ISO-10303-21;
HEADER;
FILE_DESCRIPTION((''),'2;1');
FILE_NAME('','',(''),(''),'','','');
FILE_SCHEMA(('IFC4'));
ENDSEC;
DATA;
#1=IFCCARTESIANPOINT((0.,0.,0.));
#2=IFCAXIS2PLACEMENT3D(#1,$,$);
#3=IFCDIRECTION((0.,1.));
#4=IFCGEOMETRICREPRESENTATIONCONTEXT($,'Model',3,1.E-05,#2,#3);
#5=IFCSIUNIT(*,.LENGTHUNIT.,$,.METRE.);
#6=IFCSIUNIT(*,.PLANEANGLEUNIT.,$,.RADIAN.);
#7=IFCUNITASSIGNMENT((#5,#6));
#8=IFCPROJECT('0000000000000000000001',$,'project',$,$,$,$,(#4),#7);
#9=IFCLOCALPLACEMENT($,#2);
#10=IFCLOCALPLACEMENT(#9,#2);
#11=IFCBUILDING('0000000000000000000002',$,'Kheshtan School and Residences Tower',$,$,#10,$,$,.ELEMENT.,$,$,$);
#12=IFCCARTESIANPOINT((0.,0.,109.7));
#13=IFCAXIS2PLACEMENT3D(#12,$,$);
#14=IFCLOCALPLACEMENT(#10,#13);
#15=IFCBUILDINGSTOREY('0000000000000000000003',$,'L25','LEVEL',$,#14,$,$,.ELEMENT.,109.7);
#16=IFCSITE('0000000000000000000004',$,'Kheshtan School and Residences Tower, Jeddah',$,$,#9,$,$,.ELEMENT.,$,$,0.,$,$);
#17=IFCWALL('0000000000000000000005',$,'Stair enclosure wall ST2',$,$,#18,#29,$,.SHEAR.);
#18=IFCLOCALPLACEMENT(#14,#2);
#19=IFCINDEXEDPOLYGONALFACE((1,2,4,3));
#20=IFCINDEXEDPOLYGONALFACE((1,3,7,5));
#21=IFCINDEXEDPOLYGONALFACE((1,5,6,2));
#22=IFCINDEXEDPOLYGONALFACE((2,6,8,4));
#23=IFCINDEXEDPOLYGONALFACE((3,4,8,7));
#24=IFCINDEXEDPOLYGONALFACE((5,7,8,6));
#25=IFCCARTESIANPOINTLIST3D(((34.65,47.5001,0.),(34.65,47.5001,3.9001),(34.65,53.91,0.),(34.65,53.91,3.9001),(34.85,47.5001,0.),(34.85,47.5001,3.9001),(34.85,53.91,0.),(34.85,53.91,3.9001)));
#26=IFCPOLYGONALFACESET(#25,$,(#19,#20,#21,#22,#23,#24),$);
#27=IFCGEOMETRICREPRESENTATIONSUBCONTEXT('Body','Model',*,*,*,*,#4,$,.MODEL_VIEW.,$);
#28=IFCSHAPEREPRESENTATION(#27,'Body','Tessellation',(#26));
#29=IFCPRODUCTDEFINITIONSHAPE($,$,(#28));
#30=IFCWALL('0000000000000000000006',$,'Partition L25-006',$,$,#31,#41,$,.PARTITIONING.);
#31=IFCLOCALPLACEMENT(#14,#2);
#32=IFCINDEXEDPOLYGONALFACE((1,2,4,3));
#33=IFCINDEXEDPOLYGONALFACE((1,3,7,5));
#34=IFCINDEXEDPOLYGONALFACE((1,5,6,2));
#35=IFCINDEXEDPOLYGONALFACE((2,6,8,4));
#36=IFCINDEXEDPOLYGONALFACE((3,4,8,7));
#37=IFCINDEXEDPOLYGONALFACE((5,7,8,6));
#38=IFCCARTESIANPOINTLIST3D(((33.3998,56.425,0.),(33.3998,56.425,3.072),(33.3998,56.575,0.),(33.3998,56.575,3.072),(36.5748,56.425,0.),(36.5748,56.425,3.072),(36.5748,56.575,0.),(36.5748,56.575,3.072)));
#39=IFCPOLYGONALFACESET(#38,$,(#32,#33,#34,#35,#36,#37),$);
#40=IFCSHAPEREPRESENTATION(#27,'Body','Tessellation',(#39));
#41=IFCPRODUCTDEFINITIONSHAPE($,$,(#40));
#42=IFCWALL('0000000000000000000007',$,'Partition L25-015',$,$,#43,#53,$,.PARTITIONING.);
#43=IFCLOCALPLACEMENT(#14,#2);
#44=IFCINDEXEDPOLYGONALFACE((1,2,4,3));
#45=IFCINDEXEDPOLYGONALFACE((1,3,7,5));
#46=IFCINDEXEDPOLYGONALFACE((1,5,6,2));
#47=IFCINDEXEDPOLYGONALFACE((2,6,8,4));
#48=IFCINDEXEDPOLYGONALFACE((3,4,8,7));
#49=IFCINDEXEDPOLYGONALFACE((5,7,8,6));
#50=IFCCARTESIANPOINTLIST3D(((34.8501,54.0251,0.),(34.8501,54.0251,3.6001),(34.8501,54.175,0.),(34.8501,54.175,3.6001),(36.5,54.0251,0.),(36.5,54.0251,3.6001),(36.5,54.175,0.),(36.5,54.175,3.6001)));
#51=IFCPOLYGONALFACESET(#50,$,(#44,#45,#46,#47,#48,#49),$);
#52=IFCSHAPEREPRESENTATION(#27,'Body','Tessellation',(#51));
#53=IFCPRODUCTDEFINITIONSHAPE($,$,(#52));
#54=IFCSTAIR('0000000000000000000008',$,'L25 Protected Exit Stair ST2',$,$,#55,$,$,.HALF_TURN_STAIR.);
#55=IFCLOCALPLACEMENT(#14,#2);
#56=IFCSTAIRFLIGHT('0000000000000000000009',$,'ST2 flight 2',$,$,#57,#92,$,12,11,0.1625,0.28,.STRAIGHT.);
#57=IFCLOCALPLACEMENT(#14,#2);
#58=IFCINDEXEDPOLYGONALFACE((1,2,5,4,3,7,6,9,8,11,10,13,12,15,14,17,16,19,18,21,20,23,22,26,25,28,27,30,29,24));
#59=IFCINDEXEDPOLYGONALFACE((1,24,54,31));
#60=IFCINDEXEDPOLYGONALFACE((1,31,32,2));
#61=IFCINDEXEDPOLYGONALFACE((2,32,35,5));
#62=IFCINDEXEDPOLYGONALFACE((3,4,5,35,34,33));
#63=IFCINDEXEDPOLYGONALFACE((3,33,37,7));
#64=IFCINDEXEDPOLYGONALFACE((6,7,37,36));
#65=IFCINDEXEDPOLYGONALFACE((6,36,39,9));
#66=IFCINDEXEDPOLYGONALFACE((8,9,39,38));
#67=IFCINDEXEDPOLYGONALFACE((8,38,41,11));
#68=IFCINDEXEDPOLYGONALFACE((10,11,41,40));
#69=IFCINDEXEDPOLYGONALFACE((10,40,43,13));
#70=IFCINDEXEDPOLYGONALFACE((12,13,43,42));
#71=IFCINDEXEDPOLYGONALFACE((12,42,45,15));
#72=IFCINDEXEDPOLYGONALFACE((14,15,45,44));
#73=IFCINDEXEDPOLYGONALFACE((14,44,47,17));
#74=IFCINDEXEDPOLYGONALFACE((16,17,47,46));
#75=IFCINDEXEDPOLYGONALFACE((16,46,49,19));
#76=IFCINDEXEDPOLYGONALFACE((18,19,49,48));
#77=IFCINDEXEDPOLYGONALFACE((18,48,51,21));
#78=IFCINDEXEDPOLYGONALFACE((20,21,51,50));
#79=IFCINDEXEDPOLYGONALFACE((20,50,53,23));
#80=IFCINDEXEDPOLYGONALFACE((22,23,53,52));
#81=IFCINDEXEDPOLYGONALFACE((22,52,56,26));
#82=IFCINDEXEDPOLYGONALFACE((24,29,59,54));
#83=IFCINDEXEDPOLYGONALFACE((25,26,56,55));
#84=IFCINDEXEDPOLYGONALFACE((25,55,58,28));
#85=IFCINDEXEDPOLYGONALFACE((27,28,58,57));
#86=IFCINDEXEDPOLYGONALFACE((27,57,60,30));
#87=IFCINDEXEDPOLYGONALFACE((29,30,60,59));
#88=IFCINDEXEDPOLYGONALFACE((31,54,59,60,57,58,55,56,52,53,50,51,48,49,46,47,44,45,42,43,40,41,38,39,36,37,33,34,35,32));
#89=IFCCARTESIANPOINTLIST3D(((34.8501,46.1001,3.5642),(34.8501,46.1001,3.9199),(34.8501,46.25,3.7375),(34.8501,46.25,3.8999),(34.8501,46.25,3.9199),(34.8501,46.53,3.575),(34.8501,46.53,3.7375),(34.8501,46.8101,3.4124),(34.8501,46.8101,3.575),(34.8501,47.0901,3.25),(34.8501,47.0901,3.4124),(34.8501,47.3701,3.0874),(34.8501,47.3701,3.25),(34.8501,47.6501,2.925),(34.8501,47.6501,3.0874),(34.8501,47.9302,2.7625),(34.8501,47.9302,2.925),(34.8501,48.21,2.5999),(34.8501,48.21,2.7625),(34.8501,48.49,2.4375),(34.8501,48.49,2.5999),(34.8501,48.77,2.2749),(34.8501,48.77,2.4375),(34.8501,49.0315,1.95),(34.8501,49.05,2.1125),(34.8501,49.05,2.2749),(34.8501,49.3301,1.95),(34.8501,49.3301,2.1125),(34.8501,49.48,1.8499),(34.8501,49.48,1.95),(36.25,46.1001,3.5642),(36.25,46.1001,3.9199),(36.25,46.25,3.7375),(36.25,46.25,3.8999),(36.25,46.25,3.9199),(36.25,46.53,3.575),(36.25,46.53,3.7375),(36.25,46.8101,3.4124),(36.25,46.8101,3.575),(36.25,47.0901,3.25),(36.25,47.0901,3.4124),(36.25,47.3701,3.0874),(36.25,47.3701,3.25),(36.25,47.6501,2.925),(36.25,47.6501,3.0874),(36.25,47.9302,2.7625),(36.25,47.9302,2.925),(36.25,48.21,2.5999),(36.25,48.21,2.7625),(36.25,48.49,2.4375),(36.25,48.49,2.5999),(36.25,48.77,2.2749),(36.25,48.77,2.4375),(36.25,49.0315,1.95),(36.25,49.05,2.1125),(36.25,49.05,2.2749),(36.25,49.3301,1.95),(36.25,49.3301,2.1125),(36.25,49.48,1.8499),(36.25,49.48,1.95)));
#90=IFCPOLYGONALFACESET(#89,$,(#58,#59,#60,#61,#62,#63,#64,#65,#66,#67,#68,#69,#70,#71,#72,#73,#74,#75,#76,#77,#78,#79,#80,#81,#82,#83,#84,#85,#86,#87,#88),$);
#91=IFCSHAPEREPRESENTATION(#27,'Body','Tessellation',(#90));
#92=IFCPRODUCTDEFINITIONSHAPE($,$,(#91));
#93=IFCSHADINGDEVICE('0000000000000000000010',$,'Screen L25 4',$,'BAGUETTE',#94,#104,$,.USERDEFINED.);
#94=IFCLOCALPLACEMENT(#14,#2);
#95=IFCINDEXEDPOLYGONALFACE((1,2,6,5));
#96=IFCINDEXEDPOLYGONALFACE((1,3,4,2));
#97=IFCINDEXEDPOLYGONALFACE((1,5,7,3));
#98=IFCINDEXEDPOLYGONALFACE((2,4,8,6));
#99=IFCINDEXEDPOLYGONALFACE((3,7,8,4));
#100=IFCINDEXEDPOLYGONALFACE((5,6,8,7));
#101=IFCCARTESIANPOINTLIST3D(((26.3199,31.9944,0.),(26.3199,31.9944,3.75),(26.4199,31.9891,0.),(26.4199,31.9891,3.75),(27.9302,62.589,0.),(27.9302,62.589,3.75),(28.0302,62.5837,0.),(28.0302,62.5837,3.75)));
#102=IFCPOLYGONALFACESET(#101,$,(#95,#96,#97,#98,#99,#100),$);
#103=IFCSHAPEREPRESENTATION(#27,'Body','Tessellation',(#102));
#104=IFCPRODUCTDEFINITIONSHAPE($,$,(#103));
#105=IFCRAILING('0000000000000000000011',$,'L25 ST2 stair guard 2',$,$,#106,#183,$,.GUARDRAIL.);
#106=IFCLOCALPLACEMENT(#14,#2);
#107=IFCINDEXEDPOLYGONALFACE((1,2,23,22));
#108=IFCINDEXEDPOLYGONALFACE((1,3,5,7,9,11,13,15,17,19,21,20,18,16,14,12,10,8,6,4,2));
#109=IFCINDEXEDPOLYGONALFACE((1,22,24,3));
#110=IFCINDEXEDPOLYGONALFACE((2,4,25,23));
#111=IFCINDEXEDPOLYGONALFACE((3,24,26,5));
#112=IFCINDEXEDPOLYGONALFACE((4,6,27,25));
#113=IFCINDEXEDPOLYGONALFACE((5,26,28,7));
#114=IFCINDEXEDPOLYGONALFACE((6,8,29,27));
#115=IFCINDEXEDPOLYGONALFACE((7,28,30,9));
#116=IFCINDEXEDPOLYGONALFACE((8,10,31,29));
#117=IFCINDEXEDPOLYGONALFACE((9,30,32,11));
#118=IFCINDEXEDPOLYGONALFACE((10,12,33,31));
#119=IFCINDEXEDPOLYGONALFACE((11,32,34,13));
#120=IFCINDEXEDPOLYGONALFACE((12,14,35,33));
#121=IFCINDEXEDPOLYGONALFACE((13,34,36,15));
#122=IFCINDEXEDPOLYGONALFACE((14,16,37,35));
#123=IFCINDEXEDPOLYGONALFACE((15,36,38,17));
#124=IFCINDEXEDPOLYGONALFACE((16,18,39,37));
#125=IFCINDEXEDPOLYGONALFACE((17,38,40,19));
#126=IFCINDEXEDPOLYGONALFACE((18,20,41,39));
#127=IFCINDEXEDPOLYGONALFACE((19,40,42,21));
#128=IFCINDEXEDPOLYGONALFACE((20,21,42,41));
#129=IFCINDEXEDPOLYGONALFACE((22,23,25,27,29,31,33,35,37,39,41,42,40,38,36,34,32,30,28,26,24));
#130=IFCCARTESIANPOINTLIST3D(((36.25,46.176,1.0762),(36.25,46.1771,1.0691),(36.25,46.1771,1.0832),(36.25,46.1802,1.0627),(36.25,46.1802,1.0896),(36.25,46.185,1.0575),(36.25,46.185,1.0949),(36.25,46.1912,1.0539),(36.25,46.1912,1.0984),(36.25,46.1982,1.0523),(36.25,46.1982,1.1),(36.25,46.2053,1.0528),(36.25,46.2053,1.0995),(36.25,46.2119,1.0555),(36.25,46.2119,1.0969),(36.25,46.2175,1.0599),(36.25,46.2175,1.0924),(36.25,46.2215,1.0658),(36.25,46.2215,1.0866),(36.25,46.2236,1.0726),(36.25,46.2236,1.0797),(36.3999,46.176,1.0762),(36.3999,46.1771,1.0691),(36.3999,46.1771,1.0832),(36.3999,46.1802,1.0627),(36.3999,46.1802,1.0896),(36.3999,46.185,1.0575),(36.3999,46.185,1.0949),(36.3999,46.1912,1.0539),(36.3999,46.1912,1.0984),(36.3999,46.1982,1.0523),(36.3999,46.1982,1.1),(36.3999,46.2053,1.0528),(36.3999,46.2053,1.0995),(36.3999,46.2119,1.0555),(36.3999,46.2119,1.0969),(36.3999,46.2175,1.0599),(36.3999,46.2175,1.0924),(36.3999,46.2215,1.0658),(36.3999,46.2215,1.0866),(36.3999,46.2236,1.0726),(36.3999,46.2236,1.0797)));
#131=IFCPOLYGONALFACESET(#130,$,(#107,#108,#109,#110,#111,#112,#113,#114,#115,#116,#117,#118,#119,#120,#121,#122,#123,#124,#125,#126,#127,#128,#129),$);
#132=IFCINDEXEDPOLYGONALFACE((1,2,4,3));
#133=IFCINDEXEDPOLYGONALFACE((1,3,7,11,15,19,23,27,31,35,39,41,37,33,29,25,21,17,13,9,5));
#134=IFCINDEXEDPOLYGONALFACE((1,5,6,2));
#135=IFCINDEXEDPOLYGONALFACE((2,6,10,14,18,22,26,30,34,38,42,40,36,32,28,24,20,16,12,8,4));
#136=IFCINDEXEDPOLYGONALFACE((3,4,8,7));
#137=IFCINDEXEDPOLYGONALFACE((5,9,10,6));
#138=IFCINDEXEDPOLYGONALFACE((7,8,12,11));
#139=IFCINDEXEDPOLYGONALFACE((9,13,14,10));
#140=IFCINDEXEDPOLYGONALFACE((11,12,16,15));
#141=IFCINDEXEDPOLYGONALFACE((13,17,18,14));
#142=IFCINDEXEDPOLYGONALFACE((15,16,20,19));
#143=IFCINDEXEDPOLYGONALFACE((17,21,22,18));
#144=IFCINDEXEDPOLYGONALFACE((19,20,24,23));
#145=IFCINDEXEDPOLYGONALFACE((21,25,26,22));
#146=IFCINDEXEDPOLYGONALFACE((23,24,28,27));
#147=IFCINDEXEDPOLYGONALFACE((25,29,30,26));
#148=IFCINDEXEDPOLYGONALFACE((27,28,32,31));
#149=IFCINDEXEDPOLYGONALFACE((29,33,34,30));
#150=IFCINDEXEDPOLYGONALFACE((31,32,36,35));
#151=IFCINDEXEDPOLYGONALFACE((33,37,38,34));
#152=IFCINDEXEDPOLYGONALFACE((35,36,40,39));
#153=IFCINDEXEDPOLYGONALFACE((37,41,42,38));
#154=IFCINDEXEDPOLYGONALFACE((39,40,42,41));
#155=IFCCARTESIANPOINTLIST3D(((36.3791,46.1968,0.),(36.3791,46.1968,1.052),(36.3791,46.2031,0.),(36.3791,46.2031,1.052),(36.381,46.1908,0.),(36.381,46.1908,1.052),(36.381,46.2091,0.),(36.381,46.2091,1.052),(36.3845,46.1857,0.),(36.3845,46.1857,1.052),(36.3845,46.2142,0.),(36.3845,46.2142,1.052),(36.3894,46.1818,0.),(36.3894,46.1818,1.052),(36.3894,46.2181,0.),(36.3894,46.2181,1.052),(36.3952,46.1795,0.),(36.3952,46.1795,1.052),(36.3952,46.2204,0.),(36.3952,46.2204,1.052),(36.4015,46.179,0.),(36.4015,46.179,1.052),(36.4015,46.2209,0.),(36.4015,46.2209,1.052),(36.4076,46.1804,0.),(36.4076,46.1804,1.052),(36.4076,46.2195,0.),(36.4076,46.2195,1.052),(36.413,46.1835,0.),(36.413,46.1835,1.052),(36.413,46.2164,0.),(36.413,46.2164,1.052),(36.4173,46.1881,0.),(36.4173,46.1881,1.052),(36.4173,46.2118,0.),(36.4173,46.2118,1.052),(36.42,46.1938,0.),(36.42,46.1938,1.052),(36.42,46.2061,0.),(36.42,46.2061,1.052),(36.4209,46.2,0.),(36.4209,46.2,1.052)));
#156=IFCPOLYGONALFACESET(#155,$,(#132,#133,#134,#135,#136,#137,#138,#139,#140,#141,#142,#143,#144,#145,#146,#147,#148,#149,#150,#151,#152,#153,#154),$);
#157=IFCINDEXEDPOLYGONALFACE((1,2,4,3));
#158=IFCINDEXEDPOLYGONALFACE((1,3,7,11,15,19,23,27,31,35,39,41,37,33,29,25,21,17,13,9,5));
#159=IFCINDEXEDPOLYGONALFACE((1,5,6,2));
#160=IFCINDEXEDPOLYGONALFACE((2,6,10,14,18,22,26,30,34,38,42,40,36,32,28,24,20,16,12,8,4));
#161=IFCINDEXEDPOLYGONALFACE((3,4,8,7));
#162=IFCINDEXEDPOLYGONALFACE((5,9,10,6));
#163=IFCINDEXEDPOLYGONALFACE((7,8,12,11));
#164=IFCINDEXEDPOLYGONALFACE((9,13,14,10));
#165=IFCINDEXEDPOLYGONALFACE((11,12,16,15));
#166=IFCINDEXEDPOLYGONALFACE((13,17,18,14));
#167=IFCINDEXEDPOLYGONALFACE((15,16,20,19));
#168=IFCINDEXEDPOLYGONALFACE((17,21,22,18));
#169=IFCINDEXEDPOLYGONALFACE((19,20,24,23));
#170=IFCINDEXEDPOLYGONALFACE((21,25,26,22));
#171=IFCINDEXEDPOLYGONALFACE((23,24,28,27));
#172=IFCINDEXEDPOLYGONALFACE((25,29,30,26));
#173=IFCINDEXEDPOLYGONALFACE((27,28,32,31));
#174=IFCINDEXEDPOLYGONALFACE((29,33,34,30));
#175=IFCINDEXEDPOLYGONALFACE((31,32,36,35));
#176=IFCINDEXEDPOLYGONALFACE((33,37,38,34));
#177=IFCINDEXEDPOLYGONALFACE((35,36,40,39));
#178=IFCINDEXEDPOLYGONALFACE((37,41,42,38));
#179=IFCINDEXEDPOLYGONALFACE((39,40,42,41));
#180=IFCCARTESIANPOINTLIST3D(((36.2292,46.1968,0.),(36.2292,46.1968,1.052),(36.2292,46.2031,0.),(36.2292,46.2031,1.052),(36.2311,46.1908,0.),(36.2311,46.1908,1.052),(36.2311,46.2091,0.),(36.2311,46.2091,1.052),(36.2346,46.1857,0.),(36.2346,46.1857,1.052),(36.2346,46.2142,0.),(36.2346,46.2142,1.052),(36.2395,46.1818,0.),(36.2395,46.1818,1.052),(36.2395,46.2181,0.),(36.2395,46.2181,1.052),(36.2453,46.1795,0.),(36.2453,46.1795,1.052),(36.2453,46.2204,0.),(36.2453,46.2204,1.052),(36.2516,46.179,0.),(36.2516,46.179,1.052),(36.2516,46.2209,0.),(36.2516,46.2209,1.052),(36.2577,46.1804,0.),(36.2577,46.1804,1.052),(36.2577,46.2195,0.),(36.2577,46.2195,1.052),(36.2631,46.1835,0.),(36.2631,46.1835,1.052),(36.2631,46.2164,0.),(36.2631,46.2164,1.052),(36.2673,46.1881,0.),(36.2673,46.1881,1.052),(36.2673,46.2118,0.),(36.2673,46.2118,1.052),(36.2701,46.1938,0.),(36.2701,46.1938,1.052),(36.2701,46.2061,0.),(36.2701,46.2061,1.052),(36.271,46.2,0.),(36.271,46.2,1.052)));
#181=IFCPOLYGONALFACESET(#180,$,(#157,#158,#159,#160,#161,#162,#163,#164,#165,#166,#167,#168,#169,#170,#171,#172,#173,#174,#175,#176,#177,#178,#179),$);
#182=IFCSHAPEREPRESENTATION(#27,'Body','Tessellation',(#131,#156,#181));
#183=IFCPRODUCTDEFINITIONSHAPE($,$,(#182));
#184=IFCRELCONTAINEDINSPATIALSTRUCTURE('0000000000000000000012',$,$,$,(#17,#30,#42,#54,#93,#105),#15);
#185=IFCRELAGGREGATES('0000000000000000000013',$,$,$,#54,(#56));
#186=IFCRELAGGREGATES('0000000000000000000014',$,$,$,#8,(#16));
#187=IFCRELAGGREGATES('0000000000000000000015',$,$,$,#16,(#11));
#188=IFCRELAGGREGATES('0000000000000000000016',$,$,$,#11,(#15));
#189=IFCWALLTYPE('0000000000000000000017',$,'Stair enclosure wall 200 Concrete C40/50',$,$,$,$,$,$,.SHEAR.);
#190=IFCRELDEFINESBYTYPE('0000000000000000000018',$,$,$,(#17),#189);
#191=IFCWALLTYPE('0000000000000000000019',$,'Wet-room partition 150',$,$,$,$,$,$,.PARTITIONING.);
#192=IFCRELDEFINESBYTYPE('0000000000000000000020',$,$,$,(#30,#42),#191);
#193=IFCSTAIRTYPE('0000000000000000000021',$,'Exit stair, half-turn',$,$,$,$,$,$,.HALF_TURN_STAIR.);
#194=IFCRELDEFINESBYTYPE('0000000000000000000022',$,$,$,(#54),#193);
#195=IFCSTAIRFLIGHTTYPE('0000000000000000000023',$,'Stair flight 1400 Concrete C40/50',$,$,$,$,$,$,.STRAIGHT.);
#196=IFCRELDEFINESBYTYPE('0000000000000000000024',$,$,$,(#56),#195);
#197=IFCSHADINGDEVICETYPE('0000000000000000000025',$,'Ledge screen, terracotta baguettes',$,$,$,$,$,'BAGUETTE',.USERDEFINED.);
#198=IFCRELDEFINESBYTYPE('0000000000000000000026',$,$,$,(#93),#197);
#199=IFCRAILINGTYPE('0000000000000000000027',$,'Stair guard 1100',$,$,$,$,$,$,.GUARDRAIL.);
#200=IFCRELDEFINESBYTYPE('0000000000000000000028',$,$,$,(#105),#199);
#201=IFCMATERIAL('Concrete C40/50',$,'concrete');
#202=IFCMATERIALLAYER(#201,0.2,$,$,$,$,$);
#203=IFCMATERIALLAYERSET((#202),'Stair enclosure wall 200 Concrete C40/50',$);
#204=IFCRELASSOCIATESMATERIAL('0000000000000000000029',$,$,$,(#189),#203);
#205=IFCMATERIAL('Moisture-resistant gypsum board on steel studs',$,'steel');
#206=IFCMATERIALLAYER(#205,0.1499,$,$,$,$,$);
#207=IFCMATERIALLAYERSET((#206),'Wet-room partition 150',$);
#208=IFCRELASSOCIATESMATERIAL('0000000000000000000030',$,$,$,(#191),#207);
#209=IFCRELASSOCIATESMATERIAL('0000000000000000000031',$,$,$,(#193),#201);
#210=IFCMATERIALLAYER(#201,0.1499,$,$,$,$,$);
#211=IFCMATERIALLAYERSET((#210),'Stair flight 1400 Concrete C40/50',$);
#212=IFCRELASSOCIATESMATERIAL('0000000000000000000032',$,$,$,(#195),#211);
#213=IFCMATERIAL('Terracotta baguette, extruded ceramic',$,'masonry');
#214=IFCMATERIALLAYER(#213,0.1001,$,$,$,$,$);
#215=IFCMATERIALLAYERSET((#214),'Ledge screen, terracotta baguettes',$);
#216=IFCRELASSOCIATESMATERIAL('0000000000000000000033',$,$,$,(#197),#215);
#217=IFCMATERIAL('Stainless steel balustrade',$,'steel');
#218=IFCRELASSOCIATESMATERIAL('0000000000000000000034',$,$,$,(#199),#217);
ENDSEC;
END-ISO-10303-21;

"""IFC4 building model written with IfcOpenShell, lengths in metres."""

from ifc_helpers import new_model, si_unit, direction, frame, frame_2d, origin, origin_2d, place, context, subcontext, project, spatial, polyline, rectangle, circle, outline, extrude, material, layer, layer_set, type_object, element, aggregate, save


model = new_model("IFC4")

# Units and contexts
model_context = context("Model", 3, precision=1e-05, world=origin(), true_north=direction((0.0, 1.0)))
body_context = subcontext(model_context, "Body", "Model", "MODEL_VIEW")
ifc_project = project(units=[si_unit("LENGTHUNIT", "METRE"), si_unit("PLANEANGLEUNIT", "RADIAN")], contexts=[model_context])

# Site, building, storey
site_placement = place(None, origin())
site = spatial("IfcSite", under=ifc_project, at=site_placement, Name="Kheshtan School and Residences Tower, Jeddah", CompositionType="ELEMENT", RefElevation=0.0)
building_placement = place(site_placement, origin())
building = spatial("IfcBuilding", under=site, at=building_placement, Name="Kheshtan School and Residences Tower", CompositionType="ELEMENT")
storey_placement = place(building_placement, frame((0.0, 0.0, 109.7)))
storey = spatial("IfcBuildingStorey", under=building, at=storey_placement, Name="L25", Description="LEVEL", CompositionType="ELEMENT", Elevation=109.7)

# Walls
ifc_material_1 = material(Name="Concrete C40/50", Category="concrete")
ifc_layer_1 = layer(ifc_material_1, 0.2)
ifc_layer_set_1 = layer_set([ifc_layer_1], Name="Stair enclosure wall 200 Concrete C40/50")
wall_type_1 = type_object("IfcWallType", Name="Stair enclosure wall 200 Concrete C40/50", PredefinedType="SHEAR", material=ifc_layer_set_1)
wall_1_placement = place(storey_placement, frame((34.75, 47.5, 0.0), z_axis=(0.0, 0.0, 1.0), x_axis=(0.0, 1.0, 0.0)))
element("IfcWall", 1, at=wall_1_placement, inside=storey, type_object=wall_type_1, Name="Stair enclosure wall ST2", PredefinedType="SHEAR", context=body_context, shape_type="SweptSolid", body=[
    extrude(rectangle(XDim=6.4099, YDim=0.2, at=frame_2d((3.2051, 0.0))), origin(), (0.0, 0.0, 1.0), 3.9001),
])
ifc_material_2 = material(Name="Moisture-resistant gypsum board on steel studs", Category="steel")
ifc_layer_2 = layer(ifc_material_2, 0.1499)
ifc_layer_set_2 = layer_set([ifc_layer_2], Name="Wet-room partition 150")
wall_type_2 = type_object("IfcWallType", Name="Wet-room partition 150", PredefinedType="PARTITIONING", material=ifc_layer_set_2)
wall_2_placement = place(storey_placement, frame((33.3999, 56.5, 0.0), z_axis=(0.0, 0.0, 1.0), x_axis=(1.0, 0.0, 0.0)))
element("IfcWall", 2, at=wall_2_placement, inside=storey, type_object=wall_type_2, Name="Partition L25-006", PredefinedType="PARTITIONING", context=body_context, shape_type="SweptSolid", body=[
    extrude(rectangle(XDim=3.175, YDim=0.1499, at=frame_2d((1.5874, 0.0))), origin(), (0.0, 0.0, 1.0), 3.072),
])
wall_3_placement = place(storey_placement, frame((34.8501, 54.1001, 0.0), z_axis=(0.0, 0.0, 1.0), x_axis=(1.0, 0.0, 0.0)))
element("IfcWall", 3, at=wall_3_placement, inside=storey, type_object=wall_type_2, Name="Partition L25-015", PredefinedType="PARTITIONING", context=body_context, shape_type="SweptSolid", body=[
    extrude(rectangle(XDim=1.6499, YDim=0.1499, at=frame_2d((0.825, 0.0))), origin(), (0.0, 0.0, 1.0), 3.6001),
])

# Stair, stair flight
stair_type = type_object("IfcStairType", Name="Exit stair, half-turn", PredefinedType="HALF_TURN_STAIR", material=ifc_material_1)
stair_placement = place(storey_placement, origin())
stair = element("IfcStair", 4, at=stair_placement, inside=storey, type_object=stair_type, Name="L25 Protected Exit Stair ST2", PredefinedType="HALF_TURN_STAIR")
ifc_layer_3 = layer(ifc_material_1, 0.1499)
ifc_layer_set_3 = layer_set([ifc_layer_3], Name="Stair flight 1400 Concrete C40/50")
stair_flight_type = type_object("IfcStairFlightType", Name="Stair flight 1400 Concrete C40/50", PredefinedType="STRAIGHT", material=ifc_layer_set_3)
stair_flight_placement = place(storey_placement, frame((35.55, 49.3301, 1.95), z_axis=(0.0, 0.0, 1.0), x_axis=(0.0, -1.0, 0.0)))
stair_flight = element("IfcStairFlight", 5, at=stair_flight_placement, type_object=stair_flight_type, Name="ST2 flight 2", NumberOfRisers=12, NumberOfTreads=11, PredefinedType="STRAIGHT", RiserHeight=0.1625, TreadLength=0.28, context=body_context, shape_type="SweptSolid", body=[
    extrude(outline(polyline([(-0.1499, -0.1001), (-0.1499, 0.0), (0.0, 0.0), (0.0, 0.1626), (0.28, 0.1626), (0.28, 0.325), (0.5601, 0.325), (0.5601, 0.4875), (0.8401, 0.4875), (0.8401, 0.6499), (1.1201, 0.6499), (1.1201, 0.8125), (1.3999, 0.8125), (1.3999, 0.9751), (1.6799, 0.9751), (1.6799, 1.1375), (1.96, 1.1375), (1.96, 1.3), (2.24, 1.3), (2.24, 1.4624), (2.52, 1.4624), (2.52, 1.625), (2.8, 1.625), (2.8, 1.7876), (3.0801, 1.7876), (3.0801, 1.95), (3.0801, 1.97), (3.23, 1.97), (3.23, 1.6143), (0.2986, 0.0), (-0.1499, -0.1001)])), frame((0.0, 0.7, 0.0), z_axis=(0.0, -1.0, 0.0), x_axis=(1.0, 0.0, 0.0)), (0.0, 0.0, 1.0), 1.3999),
])
aggregate(stair, [stair_flight])

# Shading device
ifc_material_3 = material(Name="Terracotta baguette, extruded ceramic", Category="masonry")
ifc_layer_4 = layer(ifc_material_3, 0.1001)
ifc_layer_set_4 = layer_set([ifc_layer_4], Name="Ledge screen, terracotta baguettes")
shading_device_type = type_object("IfcShadingDeviceType", Name="Ledge screen, terracotta baguettes", ElementType="BAGUETTE", PredefinedType="USERDEFINED", material=ifc_layer_set_4)
shading_device_placement = place(storey_placement, frame((27.175, 47.2891, 0.0), z_axis=(0.0, 0.0, 1.0), x_axis=(0.052563, 0.998618, 0.0)))
element("IfcShadingDevice", 6, at=shading_device_placement, inside=storey, type_object=shading_device_type, Name="Screen L25 4", ObjectType="BAGUETTE", PredefinedType="USERDEFINED", context=body_context, shape_type="SweptSolid", body=[
    extrude(rectangle(XDim=30.637, YDim=0.1001, at=origin_2d()), origin(), (0.0, 0.0, 1.0), 3.75),
])

# Railing
ifc_material_4 = material(Name="Stainless steel balustrade", Category="steel")
railing_type_1 = type_object("IfcRailingType", Name="Stair guard 1100", PredefinedType="GUARDRAIL", material=ifc_material_4)
railing_1_placement = place(storey_placement, frame((36.3999, 46.2, 0.0)))
element("IfcRailing", 7, at=railing_1_placement, inside=storey, type_object=railing_type_1, Name="L25 ST2 stair guard 2", PredefinedType="GUARDRAIL", context=body_context, shape_type="SweptSolid", body=[
    extrude(circle(Radius=0.0239, at=origin_2d()), frame((0.0, 0.0, 1.0762), z_axis=(-1.0, 0.0, 0.0), x_axis=(0.0, -1.0, 0.0)), (0.0, 0.0, 1.0), 0.1499),
    extrude(circle(Radius=0.021, at=origin_2d()), origin(), (0.0, 0.0, 1.0), 1.052),
    extrude(circle(Radius=0.021, at=origin_2d()), frame((-0.1499, 0.0, 0.0)), (0.0, 0.0, 1.0), 1.052),
])

save(model, "model.ifc")
